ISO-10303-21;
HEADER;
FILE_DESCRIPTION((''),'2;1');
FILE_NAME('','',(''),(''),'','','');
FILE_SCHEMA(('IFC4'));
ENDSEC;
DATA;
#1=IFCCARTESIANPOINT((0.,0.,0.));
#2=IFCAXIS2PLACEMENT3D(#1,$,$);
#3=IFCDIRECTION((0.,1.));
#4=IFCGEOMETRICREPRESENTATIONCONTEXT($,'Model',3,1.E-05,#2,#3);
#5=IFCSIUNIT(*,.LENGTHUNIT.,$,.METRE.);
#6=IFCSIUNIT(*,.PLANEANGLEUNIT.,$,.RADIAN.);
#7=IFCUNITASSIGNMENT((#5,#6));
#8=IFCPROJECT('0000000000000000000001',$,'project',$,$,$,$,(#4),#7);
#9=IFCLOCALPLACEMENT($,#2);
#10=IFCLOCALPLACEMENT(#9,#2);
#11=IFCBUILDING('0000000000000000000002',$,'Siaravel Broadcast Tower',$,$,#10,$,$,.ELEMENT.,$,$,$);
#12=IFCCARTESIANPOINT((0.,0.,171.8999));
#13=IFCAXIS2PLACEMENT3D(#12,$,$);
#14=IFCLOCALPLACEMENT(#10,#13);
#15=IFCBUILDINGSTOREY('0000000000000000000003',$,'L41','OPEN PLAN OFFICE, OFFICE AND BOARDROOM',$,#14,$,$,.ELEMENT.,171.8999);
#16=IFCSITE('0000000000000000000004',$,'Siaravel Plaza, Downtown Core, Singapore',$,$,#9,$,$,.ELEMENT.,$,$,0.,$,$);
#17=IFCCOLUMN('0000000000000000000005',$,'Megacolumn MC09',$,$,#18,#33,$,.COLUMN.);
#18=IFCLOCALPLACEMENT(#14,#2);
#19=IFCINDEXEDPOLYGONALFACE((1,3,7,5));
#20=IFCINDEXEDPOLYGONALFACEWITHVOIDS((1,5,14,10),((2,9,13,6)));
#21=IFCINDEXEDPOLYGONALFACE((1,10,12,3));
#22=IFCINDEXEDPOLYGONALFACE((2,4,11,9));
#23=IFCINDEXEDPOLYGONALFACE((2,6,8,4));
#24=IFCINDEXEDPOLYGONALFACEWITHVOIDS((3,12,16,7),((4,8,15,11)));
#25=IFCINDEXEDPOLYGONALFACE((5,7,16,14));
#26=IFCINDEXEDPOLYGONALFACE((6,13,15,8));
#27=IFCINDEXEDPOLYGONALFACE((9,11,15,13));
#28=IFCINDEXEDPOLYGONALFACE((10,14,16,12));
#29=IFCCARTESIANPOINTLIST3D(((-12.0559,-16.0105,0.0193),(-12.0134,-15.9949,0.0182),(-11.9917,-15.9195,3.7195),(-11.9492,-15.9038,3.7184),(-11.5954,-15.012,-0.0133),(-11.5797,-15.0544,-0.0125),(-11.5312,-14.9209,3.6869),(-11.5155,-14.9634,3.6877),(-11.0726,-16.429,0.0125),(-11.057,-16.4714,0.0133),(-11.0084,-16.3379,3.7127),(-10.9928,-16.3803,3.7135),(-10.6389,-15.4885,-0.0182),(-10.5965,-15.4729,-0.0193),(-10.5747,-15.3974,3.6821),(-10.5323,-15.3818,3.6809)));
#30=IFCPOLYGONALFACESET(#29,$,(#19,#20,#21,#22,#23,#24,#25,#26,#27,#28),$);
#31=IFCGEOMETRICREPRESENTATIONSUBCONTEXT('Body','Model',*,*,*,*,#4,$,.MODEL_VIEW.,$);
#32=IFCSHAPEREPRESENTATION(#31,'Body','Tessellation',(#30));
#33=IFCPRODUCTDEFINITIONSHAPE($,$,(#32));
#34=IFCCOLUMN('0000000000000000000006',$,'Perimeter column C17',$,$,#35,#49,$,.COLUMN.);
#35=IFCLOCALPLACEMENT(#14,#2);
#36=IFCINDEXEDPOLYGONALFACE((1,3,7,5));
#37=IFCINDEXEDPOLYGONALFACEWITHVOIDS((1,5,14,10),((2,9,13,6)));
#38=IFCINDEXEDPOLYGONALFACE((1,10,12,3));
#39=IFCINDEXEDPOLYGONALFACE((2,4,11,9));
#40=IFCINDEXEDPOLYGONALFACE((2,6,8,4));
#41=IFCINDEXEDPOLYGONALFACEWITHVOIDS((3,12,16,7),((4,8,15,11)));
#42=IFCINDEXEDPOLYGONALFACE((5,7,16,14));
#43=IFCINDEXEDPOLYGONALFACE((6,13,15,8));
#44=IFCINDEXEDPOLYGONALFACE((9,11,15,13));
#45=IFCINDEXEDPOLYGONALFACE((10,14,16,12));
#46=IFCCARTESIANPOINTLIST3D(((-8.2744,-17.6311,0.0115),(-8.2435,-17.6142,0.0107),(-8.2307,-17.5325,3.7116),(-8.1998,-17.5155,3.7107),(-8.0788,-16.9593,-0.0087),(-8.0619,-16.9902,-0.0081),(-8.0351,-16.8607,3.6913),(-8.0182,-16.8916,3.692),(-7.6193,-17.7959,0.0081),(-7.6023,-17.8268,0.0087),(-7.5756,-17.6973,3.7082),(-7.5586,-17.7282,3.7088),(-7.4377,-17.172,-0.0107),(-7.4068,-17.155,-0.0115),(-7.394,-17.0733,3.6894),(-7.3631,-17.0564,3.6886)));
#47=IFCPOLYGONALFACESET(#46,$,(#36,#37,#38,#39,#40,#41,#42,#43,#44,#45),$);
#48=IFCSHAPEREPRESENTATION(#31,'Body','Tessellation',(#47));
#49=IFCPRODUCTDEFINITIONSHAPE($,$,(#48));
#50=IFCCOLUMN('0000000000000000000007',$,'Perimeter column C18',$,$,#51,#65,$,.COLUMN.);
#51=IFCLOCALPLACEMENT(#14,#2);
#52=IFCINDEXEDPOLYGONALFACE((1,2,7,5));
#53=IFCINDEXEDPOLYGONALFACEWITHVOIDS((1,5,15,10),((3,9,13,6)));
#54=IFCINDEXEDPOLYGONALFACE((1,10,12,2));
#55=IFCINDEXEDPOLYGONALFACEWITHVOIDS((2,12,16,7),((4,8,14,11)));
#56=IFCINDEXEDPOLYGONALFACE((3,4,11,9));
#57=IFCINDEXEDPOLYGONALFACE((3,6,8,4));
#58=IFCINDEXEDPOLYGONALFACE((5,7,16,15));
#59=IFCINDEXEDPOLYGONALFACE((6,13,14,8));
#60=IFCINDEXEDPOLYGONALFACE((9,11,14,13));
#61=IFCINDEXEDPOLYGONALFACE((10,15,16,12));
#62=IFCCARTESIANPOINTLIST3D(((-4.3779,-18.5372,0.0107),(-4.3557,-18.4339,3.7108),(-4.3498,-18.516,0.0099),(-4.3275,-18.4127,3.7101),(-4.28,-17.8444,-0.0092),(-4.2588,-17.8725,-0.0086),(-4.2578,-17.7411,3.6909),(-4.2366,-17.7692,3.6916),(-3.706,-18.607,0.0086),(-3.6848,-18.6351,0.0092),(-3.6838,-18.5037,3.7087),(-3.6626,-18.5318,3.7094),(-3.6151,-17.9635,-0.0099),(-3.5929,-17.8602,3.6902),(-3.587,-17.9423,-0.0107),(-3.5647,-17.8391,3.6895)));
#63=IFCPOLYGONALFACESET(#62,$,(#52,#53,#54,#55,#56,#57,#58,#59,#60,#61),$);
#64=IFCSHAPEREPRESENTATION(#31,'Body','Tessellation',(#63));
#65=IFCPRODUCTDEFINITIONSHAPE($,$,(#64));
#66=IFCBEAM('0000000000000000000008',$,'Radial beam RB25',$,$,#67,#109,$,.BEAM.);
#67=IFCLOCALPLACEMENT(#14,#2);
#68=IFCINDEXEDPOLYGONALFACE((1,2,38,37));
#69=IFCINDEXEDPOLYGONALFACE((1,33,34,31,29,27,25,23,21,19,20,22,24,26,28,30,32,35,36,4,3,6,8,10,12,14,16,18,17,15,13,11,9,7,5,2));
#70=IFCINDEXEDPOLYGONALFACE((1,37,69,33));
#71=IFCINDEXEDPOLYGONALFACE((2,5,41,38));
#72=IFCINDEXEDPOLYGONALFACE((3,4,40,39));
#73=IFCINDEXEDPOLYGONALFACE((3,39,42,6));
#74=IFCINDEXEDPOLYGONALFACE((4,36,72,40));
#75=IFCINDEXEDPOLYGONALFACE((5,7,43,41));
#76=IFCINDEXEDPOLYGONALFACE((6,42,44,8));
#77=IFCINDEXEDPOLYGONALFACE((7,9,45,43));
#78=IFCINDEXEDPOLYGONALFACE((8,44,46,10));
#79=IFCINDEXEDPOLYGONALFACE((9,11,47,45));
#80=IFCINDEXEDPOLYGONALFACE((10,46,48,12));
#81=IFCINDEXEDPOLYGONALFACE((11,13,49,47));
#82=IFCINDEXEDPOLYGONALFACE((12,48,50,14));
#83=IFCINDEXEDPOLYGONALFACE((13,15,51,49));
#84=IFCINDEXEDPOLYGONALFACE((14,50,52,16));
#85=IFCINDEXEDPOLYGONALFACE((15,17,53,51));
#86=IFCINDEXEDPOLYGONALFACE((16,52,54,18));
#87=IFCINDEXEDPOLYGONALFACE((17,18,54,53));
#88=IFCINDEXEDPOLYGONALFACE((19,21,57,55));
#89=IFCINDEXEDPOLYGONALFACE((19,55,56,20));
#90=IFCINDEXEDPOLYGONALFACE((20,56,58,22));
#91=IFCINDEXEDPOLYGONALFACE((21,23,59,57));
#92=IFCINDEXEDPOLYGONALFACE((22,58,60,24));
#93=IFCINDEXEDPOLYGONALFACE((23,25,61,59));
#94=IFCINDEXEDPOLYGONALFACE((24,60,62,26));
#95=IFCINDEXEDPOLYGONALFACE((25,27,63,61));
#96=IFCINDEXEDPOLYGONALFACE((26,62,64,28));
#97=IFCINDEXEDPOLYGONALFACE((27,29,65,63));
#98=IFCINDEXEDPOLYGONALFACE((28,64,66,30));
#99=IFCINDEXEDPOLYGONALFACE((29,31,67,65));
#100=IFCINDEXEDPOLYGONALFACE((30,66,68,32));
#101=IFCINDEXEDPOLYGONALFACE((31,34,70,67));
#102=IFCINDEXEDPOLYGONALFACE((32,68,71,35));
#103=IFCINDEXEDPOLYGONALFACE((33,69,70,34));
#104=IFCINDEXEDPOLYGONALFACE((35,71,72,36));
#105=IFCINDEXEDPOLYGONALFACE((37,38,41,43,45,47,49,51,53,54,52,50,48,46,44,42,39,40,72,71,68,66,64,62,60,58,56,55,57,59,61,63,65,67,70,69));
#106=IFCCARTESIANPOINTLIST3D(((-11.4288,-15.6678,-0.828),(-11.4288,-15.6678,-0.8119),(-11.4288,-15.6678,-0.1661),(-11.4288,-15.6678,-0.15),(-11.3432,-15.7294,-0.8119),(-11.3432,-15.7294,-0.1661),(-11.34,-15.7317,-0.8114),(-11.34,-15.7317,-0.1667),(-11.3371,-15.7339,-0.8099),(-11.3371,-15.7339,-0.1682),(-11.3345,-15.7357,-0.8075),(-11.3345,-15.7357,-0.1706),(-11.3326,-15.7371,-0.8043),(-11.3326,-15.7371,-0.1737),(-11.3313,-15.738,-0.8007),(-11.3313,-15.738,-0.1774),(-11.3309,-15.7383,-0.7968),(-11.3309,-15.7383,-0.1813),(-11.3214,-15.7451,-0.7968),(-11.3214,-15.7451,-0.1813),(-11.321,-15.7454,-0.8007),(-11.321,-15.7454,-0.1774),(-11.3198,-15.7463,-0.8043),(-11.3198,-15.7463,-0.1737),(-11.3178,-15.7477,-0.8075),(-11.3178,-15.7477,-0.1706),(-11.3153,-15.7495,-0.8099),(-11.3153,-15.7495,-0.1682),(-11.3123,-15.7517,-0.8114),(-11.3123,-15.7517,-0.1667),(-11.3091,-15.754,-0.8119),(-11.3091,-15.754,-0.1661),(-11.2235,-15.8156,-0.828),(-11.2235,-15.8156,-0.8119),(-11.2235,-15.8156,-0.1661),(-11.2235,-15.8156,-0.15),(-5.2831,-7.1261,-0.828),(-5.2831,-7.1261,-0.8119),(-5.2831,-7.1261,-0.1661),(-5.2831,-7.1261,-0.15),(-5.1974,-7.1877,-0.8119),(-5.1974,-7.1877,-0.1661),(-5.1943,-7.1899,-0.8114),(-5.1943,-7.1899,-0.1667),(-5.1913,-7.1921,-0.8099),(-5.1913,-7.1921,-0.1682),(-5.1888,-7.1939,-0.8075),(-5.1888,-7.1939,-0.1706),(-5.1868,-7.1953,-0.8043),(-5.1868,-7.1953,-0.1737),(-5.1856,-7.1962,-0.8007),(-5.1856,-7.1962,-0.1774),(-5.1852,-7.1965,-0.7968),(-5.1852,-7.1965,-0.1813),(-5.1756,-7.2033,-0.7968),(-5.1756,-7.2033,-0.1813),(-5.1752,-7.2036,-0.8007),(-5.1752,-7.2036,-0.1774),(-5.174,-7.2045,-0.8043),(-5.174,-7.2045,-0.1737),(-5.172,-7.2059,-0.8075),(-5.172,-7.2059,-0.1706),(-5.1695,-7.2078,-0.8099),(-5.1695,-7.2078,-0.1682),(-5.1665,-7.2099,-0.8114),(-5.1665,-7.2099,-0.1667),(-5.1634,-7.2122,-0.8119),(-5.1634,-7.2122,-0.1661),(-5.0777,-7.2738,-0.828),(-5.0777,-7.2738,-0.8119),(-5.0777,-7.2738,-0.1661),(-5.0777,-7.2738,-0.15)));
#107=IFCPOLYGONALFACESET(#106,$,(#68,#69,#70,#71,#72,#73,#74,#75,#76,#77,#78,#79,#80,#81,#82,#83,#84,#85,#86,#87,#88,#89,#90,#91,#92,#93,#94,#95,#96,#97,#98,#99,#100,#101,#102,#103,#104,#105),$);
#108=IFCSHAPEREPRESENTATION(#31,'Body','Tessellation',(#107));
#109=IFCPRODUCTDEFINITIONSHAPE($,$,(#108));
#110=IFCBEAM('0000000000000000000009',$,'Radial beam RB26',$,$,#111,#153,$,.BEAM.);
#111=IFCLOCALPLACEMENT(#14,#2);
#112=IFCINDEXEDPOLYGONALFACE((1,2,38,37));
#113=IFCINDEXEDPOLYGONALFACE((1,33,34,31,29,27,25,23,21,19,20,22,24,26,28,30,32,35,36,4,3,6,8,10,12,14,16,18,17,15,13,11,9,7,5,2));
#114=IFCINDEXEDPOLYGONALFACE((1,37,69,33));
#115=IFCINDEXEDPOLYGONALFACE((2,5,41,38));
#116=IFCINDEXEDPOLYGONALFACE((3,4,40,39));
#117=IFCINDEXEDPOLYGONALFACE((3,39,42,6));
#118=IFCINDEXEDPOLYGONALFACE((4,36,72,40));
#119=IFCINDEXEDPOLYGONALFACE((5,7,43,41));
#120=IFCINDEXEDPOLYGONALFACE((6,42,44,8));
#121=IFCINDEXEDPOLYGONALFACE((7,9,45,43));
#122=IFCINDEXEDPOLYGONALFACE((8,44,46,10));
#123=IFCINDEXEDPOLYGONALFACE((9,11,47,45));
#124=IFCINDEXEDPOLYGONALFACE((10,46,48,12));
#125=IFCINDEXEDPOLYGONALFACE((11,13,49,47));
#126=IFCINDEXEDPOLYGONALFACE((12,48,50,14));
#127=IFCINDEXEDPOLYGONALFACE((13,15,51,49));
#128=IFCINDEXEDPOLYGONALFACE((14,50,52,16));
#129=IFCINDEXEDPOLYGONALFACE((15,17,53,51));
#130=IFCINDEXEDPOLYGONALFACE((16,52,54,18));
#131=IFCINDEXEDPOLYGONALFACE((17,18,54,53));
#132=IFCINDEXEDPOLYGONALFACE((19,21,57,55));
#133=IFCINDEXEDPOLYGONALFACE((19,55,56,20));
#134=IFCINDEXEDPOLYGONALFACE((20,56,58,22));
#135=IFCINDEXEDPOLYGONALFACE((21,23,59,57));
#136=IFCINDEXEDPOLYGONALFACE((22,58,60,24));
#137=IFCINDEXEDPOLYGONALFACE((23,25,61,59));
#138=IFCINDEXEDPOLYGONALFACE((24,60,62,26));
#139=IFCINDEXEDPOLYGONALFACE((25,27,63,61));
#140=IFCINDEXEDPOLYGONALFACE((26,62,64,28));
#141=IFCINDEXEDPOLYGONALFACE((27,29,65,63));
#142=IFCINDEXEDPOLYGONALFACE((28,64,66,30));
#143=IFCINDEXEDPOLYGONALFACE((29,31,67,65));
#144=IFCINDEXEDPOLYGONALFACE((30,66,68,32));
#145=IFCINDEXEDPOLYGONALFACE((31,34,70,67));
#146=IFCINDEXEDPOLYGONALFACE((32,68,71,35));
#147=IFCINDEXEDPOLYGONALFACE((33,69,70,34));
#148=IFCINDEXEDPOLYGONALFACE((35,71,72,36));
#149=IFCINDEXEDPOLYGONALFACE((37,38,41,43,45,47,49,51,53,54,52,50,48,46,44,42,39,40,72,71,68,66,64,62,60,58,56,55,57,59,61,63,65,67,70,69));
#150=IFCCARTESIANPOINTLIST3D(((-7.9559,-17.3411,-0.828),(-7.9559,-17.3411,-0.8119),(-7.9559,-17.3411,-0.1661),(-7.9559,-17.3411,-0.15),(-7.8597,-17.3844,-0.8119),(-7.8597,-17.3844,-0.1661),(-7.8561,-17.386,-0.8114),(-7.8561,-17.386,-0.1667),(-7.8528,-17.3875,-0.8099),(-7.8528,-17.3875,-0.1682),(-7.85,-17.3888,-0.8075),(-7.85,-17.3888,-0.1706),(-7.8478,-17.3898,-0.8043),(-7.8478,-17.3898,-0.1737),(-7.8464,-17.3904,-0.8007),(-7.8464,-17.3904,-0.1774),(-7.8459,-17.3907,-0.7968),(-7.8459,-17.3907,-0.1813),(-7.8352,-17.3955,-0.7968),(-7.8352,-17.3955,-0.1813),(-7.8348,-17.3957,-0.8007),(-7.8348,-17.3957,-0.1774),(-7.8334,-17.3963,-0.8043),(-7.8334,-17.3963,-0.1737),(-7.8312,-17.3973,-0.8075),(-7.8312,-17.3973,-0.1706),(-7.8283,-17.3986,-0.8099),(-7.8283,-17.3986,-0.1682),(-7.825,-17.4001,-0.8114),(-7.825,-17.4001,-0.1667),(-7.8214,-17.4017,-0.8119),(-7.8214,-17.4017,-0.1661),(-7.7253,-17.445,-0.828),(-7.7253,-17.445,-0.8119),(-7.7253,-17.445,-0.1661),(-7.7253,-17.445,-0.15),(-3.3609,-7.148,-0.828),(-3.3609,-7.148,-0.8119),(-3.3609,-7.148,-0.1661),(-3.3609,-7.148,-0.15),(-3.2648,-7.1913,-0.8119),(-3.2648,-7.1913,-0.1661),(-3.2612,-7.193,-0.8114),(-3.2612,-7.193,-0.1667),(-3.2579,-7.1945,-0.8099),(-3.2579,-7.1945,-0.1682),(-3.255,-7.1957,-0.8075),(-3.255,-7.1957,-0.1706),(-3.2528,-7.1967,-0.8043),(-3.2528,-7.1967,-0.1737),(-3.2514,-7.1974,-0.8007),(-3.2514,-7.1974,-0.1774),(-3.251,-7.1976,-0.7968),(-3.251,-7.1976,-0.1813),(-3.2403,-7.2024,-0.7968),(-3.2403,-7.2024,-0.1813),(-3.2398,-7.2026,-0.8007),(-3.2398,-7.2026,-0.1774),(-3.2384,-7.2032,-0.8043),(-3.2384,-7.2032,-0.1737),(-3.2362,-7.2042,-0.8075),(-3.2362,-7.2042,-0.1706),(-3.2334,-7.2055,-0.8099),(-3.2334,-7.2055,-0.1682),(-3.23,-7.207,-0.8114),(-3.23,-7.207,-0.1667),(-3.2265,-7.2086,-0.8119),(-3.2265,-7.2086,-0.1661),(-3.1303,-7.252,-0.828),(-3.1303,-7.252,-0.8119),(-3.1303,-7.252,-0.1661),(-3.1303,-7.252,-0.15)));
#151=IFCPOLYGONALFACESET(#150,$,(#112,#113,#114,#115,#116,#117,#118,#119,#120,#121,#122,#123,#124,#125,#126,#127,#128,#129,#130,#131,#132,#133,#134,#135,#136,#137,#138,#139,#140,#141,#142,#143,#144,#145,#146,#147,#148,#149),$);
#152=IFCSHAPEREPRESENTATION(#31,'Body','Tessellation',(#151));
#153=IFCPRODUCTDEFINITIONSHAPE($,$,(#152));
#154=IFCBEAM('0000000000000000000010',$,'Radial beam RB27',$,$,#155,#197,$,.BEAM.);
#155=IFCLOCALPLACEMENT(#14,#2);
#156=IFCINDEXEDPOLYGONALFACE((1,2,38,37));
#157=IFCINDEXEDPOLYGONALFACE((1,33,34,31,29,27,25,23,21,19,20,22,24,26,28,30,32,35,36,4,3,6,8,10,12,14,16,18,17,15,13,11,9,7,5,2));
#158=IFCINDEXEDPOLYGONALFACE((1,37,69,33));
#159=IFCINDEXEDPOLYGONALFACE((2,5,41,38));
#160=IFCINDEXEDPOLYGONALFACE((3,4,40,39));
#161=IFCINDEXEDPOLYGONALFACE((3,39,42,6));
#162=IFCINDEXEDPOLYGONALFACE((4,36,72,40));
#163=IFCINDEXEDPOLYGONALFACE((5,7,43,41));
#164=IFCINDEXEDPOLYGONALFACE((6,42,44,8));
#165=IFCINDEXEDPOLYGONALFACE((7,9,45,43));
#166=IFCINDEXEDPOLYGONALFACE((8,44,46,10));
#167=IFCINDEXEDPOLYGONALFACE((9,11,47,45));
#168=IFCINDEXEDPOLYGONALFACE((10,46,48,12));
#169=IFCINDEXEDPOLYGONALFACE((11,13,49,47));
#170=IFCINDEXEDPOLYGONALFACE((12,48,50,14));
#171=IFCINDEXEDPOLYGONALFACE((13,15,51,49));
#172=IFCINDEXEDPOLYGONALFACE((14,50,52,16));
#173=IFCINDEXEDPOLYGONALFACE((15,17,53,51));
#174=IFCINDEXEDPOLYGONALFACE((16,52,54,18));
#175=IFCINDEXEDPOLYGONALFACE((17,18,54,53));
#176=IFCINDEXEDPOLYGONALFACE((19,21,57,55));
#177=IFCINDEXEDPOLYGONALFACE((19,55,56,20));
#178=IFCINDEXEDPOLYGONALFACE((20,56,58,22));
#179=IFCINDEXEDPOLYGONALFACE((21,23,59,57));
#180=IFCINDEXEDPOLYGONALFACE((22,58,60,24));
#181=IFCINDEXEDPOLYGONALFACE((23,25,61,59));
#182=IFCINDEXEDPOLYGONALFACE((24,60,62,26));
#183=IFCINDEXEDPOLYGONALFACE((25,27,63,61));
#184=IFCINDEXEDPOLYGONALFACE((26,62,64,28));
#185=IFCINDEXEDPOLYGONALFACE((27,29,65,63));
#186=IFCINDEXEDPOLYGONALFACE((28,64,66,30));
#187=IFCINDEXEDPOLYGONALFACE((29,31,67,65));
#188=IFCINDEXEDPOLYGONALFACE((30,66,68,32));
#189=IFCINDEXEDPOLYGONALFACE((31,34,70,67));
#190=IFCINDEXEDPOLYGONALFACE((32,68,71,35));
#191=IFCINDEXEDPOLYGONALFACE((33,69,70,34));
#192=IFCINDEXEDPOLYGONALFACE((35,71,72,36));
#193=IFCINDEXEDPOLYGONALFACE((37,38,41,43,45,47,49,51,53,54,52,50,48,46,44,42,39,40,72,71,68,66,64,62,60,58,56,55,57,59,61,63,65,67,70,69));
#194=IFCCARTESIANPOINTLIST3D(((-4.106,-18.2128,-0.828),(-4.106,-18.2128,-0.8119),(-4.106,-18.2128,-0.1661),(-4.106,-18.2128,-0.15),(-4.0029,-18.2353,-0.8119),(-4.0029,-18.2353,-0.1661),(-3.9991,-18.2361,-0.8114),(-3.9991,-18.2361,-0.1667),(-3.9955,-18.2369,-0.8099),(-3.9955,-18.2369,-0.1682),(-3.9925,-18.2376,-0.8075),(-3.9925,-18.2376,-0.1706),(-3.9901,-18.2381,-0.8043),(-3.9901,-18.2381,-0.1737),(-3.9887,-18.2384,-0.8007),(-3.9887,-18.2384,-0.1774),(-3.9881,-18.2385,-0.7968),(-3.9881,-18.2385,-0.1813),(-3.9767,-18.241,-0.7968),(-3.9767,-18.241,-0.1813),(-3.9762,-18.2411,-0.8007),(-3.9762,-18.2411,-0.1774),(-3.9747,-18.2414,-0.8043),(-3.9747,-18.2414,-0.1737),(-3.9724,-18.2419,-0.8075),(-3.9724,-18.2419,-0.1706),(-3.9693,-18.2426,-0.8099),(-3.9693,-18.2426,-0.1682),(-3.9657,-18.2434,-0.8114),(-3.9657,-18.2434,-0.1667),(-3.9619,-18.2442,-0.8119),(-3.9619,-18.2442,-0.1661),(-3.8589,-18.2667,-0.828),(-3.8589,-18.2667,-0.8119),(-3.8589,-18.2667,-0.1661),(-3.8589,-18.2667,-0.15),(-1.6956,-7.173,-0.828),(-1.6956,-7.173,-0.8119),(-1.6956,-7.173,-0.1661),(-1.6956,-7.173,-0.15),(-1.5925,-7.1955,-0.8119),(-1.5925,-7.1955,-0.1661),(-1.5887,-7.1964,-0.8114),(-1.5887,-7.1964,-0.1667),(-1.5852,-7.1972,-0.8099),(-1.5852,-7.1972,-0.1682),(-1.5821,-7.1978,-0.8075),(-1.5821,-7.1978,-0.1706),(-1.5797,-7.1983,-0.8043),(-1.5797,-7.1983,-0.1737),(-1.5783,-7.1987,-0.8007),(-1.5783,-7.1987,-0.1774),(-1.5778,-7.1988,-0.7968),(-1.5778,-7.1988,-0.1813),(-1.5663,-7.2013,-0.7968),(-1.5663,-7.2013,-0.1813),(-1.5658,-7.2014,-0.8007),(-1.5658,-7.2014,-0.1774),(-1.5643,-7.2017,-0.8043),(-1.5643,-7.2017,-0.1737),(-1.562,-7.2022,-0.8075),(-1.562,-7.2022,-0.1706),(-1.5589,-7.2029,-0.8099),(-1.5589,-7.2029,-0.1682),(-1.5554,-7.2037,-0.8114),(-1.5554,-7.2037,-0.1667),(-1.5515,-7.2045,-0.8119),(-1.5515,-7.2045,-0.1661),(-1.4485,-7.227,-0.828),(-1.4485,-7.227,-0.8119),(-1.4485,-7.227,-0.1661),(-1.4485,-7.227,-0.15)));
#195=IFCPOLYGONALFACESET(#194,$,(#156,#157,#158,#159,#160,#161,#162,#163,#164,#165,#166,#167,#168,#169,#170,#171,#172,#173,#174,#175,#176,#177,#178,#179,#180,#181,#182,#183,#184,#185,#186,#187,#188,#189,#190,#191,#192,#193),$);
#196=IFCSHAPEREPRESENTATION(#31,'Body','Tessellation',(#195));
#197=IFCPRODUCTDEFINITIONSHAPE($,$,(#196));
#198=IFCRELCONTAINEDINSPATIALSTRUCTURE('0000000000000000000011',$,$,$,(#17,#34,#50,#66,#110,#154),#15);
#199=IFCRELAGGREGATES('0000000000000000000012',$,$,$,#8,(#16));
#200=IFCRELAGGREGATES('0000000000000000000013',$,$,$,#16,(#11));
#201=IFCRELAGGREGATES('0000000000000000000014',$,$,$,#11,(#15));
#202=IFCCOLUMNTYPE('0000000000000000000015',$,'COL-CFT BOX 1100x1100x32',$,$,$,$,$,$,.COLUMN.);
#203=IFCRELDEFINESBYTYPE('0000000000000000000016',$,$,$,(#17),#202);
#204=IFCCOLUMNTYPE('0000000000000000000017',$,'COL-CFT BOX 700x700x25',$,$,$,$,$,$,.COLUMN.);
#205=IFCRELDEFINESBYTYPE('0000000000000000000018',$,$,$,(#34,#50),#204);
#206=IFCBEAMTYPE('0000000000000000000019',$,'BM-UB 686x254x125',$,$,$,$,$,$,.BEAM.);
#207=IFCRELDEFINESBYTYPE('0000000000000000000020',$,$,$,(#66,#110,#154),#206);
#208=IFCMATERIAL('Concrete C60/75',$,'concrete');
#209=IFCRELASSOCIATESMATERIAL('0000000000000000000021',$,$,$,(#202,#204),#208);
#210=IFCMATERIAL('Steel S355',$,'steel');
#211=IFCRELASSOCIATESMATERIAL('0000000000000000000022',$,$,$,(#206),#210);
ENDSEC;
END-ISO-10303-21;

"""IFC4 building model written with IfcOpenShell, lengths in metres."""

from ifc_helpers import new_model, si_unit, direction, frame, origin, origin_2d, place, context, subcontext, project, spatial, hollow_rectangle, i_section, extrude, material, material_profile, profile_set, type_object, element, save


model = new_model("IFC4")

# Units and contexts
model_context = context("Model", 3, precision=1e-05, world=origin(), true_north=direction((0.0, 1.0)))
body_context = subcontext(model_context, "Body", "Model", "MODEL_VIEW")
ifc_project = project(units=[si_unit("LENGTHUNIT", "METRE"), si_unit("PLANEANGLEUNIT", "RADIAN")], contexts=[model_context])

# Site, building, storey
site_placement = place(None, origin())
site = spatial("IfcSite", under=ifc_project, at=site_placement, Name="Siaravel Plaza, Downtown Core, Singapore", CompositionType="ELEMENT", RefElevation=0.0)
building_placement = place(site_placement, origin())
building = spatial("IfcBuilding", under=site, at=building_placement, Name="Siaravel Broadcast Tower", CompositionType="ELEMENT")
storey_placement = place(building_placement, frame((0.0, 0.0, 171.8999)))
storey = spatial("IfcBuildingStorey", under=building, at=storey_placement, Name="L41", Description="OPEN PLAN OFFICE, OFFICE AND BOARDROOM", CompositionType="ELEMENT", Elevation=171.8999)

# Columns
ifc_material_1 = material(Name="Concrete C60/75", Category="concrete")
ifc_material_profile_1 = material_profile(ifc_material_1, hollow_rectangle(XDim=1.1001, YDim=1.1001, WallThickness=0.032, at=origin_2d()))
ifc_profile_set_1 = profile_set([ifc_material_profile_1], Name="Concrete C60/75")
column_type_1 = type_object("IfcColumnType", Name="COL-CFT BOX 1100x1100x32", PredefinedType="COLUMN", material=ifc_profile_set_1)
column_placement = place(storey_placement, frame((-11.3262, -15.7417, 0.0), z_axis=(0.017345, 0.0246, 0.999547), x_axis=(-0.908005, 0.418924, 0.005446)))
element("IfcColumn", 1, at=column_placement, inside=storey, type_object=column_type_1, Name="Megacolumn MC09", PredefinedType="COLUMN", context=body_context, shape_type="SweptSolid", body=[
    extrude(hollow_rectangle(XDim=1.1001, YDim=1.1001, WallThickness=0.032, at=origin_2d()), origin(), (0.0, 0.0, 1.0), 3.7019),
])
ifc_material_profile_2 = material_profile(ifc_material_1, hollow_rectangle(XDim=0.7, YDim=0.7, WallThickness=0.0249, at=origin_2d()))
ifc_profile_set_2 = profile_set([ifc_material_profile_2], Name="Concrete C60/75")
column_type_2 = type_object("IfcColumnType", Name="COL-CFT BOX 700x700x25", PredefinedType="COLUMN", material=ifc_profile_set_2)
for number, where, z_axis, x_axis, name in (
    (2, (-7.8406, -17.3931, 0.0), (0.011805, 0.026645, 0.999575), (-0.960112, 0.27959, 0.003887), "Perimeter column C17"),
    (3, (-3.9824, -18.2397, 0.0), (0.006002, 0.027898, 0.999593), (-0.990157, 0.139945, 0.002039), "Perimeter column C18"),
):
    element("IfcColumn", number, at=place(storey_placement, frame(where, z_axis=z_axis, x_axis=x_axis)), inside=storey, type_object=column_type_2, Name=name, PredefinedType="COLUMN", context=body_context, shape_type="SweptSolid", body=[
        extrude(hollow_rectangle(XDim=0.7, YDim=0.7, WallThickness=0.0249, at=origin_2d()), origin(), (0.0, 0.0, 1.0), 3.7017),
    ])

# Beams
ifc_material_2 = material(Name="Steel S355", Category="steel")
ifc_material_profile_3 = material_profile(ifc_material_2, i_section(OverallWidth=0.2529, OverallDepth=0.678, WebThickness=0.0117, FlangeThickness=0.0161, FilletRadius=0.0151, at=origin_2d()))
ifc_profile_set_3 = profile_set([ifc_material_profile_3], Name="Steel S355")
beam_type = type_object("IfcBeamType", Name="BM-UB 686x254x125", PredefinedType="BEAM", material=ifc_profile_set_3)
beam_1_placement = place(storey_placement, frame((-11.3262, -15.7417, -0.489), z_axis=(0.584035, 0.811728, 0.0), x_axis=(-0.811728, 0.584035, 0.0)))
element("IfcBeam", 4, at=beam_1_placement, inside=storey, type_object=beam_type, Name="Radial beam RB25", PredefinedType="BEAM", context=body_context, shape_type="SweptSolid", body=[
    extrude(i_section(OverallWidth=0.2529, OverallDepth=0.678, WebThickness=0.0117, FlangeThickness=0.0161, FilletRadius=0.0151, at=origin_2d()), origin(), (0.0, 0.0, 1.0), 10.5229),
])
beam_2_placement = place(storey_placement, frame((-7.8406, -17.3931, -0.489), z_axis=(0.410965, 0.911651, 0.0), x_axis=(-0.911651, 0.410965, 0.0)))
element("IfcBeam", 5, at=beam_2_placement, inside=storey, type_object=beam_type, Name="Radial beam RB26", PredefinedType="BEAM", context=body_context, shape_type="SweptSolid", body=[
    extrude(i_section(OverallWidth=0.2529, OverallDepth=0.678, WebThickness=0.0117, FlangeThickness=0.0161, FilletRadius=0.0151, at=origin_2d()), origin(), (0.0, 0.0, 1.0), 11.1809),
])
beam_3_placement = place(storey_placement, frame((-3.9824, -18.2397, -0.489), z_axis=(0.213312, 0.976984, 0.0), x_axis=(-0.976984, 0.213312, 0.0)))
element("IfcBeam", 6, at=beam_3_placement, inside=storey, type_object=beam_type, Name="Radial beam RB27", PredefinedType="BEAM", context=body_context, shape_type="SweptSolid", body=[
    extrude(i_section(OverallWidth=0.2529, OverallDepth=0.678, WebThickness=0.0117, FlangeThickness=0.0161, FilletRadius=0.0151, at=origin_2d()), origin(), (0.0, 0.0, 1.0), 11.2998),
])

save(model, "model.ifc")
